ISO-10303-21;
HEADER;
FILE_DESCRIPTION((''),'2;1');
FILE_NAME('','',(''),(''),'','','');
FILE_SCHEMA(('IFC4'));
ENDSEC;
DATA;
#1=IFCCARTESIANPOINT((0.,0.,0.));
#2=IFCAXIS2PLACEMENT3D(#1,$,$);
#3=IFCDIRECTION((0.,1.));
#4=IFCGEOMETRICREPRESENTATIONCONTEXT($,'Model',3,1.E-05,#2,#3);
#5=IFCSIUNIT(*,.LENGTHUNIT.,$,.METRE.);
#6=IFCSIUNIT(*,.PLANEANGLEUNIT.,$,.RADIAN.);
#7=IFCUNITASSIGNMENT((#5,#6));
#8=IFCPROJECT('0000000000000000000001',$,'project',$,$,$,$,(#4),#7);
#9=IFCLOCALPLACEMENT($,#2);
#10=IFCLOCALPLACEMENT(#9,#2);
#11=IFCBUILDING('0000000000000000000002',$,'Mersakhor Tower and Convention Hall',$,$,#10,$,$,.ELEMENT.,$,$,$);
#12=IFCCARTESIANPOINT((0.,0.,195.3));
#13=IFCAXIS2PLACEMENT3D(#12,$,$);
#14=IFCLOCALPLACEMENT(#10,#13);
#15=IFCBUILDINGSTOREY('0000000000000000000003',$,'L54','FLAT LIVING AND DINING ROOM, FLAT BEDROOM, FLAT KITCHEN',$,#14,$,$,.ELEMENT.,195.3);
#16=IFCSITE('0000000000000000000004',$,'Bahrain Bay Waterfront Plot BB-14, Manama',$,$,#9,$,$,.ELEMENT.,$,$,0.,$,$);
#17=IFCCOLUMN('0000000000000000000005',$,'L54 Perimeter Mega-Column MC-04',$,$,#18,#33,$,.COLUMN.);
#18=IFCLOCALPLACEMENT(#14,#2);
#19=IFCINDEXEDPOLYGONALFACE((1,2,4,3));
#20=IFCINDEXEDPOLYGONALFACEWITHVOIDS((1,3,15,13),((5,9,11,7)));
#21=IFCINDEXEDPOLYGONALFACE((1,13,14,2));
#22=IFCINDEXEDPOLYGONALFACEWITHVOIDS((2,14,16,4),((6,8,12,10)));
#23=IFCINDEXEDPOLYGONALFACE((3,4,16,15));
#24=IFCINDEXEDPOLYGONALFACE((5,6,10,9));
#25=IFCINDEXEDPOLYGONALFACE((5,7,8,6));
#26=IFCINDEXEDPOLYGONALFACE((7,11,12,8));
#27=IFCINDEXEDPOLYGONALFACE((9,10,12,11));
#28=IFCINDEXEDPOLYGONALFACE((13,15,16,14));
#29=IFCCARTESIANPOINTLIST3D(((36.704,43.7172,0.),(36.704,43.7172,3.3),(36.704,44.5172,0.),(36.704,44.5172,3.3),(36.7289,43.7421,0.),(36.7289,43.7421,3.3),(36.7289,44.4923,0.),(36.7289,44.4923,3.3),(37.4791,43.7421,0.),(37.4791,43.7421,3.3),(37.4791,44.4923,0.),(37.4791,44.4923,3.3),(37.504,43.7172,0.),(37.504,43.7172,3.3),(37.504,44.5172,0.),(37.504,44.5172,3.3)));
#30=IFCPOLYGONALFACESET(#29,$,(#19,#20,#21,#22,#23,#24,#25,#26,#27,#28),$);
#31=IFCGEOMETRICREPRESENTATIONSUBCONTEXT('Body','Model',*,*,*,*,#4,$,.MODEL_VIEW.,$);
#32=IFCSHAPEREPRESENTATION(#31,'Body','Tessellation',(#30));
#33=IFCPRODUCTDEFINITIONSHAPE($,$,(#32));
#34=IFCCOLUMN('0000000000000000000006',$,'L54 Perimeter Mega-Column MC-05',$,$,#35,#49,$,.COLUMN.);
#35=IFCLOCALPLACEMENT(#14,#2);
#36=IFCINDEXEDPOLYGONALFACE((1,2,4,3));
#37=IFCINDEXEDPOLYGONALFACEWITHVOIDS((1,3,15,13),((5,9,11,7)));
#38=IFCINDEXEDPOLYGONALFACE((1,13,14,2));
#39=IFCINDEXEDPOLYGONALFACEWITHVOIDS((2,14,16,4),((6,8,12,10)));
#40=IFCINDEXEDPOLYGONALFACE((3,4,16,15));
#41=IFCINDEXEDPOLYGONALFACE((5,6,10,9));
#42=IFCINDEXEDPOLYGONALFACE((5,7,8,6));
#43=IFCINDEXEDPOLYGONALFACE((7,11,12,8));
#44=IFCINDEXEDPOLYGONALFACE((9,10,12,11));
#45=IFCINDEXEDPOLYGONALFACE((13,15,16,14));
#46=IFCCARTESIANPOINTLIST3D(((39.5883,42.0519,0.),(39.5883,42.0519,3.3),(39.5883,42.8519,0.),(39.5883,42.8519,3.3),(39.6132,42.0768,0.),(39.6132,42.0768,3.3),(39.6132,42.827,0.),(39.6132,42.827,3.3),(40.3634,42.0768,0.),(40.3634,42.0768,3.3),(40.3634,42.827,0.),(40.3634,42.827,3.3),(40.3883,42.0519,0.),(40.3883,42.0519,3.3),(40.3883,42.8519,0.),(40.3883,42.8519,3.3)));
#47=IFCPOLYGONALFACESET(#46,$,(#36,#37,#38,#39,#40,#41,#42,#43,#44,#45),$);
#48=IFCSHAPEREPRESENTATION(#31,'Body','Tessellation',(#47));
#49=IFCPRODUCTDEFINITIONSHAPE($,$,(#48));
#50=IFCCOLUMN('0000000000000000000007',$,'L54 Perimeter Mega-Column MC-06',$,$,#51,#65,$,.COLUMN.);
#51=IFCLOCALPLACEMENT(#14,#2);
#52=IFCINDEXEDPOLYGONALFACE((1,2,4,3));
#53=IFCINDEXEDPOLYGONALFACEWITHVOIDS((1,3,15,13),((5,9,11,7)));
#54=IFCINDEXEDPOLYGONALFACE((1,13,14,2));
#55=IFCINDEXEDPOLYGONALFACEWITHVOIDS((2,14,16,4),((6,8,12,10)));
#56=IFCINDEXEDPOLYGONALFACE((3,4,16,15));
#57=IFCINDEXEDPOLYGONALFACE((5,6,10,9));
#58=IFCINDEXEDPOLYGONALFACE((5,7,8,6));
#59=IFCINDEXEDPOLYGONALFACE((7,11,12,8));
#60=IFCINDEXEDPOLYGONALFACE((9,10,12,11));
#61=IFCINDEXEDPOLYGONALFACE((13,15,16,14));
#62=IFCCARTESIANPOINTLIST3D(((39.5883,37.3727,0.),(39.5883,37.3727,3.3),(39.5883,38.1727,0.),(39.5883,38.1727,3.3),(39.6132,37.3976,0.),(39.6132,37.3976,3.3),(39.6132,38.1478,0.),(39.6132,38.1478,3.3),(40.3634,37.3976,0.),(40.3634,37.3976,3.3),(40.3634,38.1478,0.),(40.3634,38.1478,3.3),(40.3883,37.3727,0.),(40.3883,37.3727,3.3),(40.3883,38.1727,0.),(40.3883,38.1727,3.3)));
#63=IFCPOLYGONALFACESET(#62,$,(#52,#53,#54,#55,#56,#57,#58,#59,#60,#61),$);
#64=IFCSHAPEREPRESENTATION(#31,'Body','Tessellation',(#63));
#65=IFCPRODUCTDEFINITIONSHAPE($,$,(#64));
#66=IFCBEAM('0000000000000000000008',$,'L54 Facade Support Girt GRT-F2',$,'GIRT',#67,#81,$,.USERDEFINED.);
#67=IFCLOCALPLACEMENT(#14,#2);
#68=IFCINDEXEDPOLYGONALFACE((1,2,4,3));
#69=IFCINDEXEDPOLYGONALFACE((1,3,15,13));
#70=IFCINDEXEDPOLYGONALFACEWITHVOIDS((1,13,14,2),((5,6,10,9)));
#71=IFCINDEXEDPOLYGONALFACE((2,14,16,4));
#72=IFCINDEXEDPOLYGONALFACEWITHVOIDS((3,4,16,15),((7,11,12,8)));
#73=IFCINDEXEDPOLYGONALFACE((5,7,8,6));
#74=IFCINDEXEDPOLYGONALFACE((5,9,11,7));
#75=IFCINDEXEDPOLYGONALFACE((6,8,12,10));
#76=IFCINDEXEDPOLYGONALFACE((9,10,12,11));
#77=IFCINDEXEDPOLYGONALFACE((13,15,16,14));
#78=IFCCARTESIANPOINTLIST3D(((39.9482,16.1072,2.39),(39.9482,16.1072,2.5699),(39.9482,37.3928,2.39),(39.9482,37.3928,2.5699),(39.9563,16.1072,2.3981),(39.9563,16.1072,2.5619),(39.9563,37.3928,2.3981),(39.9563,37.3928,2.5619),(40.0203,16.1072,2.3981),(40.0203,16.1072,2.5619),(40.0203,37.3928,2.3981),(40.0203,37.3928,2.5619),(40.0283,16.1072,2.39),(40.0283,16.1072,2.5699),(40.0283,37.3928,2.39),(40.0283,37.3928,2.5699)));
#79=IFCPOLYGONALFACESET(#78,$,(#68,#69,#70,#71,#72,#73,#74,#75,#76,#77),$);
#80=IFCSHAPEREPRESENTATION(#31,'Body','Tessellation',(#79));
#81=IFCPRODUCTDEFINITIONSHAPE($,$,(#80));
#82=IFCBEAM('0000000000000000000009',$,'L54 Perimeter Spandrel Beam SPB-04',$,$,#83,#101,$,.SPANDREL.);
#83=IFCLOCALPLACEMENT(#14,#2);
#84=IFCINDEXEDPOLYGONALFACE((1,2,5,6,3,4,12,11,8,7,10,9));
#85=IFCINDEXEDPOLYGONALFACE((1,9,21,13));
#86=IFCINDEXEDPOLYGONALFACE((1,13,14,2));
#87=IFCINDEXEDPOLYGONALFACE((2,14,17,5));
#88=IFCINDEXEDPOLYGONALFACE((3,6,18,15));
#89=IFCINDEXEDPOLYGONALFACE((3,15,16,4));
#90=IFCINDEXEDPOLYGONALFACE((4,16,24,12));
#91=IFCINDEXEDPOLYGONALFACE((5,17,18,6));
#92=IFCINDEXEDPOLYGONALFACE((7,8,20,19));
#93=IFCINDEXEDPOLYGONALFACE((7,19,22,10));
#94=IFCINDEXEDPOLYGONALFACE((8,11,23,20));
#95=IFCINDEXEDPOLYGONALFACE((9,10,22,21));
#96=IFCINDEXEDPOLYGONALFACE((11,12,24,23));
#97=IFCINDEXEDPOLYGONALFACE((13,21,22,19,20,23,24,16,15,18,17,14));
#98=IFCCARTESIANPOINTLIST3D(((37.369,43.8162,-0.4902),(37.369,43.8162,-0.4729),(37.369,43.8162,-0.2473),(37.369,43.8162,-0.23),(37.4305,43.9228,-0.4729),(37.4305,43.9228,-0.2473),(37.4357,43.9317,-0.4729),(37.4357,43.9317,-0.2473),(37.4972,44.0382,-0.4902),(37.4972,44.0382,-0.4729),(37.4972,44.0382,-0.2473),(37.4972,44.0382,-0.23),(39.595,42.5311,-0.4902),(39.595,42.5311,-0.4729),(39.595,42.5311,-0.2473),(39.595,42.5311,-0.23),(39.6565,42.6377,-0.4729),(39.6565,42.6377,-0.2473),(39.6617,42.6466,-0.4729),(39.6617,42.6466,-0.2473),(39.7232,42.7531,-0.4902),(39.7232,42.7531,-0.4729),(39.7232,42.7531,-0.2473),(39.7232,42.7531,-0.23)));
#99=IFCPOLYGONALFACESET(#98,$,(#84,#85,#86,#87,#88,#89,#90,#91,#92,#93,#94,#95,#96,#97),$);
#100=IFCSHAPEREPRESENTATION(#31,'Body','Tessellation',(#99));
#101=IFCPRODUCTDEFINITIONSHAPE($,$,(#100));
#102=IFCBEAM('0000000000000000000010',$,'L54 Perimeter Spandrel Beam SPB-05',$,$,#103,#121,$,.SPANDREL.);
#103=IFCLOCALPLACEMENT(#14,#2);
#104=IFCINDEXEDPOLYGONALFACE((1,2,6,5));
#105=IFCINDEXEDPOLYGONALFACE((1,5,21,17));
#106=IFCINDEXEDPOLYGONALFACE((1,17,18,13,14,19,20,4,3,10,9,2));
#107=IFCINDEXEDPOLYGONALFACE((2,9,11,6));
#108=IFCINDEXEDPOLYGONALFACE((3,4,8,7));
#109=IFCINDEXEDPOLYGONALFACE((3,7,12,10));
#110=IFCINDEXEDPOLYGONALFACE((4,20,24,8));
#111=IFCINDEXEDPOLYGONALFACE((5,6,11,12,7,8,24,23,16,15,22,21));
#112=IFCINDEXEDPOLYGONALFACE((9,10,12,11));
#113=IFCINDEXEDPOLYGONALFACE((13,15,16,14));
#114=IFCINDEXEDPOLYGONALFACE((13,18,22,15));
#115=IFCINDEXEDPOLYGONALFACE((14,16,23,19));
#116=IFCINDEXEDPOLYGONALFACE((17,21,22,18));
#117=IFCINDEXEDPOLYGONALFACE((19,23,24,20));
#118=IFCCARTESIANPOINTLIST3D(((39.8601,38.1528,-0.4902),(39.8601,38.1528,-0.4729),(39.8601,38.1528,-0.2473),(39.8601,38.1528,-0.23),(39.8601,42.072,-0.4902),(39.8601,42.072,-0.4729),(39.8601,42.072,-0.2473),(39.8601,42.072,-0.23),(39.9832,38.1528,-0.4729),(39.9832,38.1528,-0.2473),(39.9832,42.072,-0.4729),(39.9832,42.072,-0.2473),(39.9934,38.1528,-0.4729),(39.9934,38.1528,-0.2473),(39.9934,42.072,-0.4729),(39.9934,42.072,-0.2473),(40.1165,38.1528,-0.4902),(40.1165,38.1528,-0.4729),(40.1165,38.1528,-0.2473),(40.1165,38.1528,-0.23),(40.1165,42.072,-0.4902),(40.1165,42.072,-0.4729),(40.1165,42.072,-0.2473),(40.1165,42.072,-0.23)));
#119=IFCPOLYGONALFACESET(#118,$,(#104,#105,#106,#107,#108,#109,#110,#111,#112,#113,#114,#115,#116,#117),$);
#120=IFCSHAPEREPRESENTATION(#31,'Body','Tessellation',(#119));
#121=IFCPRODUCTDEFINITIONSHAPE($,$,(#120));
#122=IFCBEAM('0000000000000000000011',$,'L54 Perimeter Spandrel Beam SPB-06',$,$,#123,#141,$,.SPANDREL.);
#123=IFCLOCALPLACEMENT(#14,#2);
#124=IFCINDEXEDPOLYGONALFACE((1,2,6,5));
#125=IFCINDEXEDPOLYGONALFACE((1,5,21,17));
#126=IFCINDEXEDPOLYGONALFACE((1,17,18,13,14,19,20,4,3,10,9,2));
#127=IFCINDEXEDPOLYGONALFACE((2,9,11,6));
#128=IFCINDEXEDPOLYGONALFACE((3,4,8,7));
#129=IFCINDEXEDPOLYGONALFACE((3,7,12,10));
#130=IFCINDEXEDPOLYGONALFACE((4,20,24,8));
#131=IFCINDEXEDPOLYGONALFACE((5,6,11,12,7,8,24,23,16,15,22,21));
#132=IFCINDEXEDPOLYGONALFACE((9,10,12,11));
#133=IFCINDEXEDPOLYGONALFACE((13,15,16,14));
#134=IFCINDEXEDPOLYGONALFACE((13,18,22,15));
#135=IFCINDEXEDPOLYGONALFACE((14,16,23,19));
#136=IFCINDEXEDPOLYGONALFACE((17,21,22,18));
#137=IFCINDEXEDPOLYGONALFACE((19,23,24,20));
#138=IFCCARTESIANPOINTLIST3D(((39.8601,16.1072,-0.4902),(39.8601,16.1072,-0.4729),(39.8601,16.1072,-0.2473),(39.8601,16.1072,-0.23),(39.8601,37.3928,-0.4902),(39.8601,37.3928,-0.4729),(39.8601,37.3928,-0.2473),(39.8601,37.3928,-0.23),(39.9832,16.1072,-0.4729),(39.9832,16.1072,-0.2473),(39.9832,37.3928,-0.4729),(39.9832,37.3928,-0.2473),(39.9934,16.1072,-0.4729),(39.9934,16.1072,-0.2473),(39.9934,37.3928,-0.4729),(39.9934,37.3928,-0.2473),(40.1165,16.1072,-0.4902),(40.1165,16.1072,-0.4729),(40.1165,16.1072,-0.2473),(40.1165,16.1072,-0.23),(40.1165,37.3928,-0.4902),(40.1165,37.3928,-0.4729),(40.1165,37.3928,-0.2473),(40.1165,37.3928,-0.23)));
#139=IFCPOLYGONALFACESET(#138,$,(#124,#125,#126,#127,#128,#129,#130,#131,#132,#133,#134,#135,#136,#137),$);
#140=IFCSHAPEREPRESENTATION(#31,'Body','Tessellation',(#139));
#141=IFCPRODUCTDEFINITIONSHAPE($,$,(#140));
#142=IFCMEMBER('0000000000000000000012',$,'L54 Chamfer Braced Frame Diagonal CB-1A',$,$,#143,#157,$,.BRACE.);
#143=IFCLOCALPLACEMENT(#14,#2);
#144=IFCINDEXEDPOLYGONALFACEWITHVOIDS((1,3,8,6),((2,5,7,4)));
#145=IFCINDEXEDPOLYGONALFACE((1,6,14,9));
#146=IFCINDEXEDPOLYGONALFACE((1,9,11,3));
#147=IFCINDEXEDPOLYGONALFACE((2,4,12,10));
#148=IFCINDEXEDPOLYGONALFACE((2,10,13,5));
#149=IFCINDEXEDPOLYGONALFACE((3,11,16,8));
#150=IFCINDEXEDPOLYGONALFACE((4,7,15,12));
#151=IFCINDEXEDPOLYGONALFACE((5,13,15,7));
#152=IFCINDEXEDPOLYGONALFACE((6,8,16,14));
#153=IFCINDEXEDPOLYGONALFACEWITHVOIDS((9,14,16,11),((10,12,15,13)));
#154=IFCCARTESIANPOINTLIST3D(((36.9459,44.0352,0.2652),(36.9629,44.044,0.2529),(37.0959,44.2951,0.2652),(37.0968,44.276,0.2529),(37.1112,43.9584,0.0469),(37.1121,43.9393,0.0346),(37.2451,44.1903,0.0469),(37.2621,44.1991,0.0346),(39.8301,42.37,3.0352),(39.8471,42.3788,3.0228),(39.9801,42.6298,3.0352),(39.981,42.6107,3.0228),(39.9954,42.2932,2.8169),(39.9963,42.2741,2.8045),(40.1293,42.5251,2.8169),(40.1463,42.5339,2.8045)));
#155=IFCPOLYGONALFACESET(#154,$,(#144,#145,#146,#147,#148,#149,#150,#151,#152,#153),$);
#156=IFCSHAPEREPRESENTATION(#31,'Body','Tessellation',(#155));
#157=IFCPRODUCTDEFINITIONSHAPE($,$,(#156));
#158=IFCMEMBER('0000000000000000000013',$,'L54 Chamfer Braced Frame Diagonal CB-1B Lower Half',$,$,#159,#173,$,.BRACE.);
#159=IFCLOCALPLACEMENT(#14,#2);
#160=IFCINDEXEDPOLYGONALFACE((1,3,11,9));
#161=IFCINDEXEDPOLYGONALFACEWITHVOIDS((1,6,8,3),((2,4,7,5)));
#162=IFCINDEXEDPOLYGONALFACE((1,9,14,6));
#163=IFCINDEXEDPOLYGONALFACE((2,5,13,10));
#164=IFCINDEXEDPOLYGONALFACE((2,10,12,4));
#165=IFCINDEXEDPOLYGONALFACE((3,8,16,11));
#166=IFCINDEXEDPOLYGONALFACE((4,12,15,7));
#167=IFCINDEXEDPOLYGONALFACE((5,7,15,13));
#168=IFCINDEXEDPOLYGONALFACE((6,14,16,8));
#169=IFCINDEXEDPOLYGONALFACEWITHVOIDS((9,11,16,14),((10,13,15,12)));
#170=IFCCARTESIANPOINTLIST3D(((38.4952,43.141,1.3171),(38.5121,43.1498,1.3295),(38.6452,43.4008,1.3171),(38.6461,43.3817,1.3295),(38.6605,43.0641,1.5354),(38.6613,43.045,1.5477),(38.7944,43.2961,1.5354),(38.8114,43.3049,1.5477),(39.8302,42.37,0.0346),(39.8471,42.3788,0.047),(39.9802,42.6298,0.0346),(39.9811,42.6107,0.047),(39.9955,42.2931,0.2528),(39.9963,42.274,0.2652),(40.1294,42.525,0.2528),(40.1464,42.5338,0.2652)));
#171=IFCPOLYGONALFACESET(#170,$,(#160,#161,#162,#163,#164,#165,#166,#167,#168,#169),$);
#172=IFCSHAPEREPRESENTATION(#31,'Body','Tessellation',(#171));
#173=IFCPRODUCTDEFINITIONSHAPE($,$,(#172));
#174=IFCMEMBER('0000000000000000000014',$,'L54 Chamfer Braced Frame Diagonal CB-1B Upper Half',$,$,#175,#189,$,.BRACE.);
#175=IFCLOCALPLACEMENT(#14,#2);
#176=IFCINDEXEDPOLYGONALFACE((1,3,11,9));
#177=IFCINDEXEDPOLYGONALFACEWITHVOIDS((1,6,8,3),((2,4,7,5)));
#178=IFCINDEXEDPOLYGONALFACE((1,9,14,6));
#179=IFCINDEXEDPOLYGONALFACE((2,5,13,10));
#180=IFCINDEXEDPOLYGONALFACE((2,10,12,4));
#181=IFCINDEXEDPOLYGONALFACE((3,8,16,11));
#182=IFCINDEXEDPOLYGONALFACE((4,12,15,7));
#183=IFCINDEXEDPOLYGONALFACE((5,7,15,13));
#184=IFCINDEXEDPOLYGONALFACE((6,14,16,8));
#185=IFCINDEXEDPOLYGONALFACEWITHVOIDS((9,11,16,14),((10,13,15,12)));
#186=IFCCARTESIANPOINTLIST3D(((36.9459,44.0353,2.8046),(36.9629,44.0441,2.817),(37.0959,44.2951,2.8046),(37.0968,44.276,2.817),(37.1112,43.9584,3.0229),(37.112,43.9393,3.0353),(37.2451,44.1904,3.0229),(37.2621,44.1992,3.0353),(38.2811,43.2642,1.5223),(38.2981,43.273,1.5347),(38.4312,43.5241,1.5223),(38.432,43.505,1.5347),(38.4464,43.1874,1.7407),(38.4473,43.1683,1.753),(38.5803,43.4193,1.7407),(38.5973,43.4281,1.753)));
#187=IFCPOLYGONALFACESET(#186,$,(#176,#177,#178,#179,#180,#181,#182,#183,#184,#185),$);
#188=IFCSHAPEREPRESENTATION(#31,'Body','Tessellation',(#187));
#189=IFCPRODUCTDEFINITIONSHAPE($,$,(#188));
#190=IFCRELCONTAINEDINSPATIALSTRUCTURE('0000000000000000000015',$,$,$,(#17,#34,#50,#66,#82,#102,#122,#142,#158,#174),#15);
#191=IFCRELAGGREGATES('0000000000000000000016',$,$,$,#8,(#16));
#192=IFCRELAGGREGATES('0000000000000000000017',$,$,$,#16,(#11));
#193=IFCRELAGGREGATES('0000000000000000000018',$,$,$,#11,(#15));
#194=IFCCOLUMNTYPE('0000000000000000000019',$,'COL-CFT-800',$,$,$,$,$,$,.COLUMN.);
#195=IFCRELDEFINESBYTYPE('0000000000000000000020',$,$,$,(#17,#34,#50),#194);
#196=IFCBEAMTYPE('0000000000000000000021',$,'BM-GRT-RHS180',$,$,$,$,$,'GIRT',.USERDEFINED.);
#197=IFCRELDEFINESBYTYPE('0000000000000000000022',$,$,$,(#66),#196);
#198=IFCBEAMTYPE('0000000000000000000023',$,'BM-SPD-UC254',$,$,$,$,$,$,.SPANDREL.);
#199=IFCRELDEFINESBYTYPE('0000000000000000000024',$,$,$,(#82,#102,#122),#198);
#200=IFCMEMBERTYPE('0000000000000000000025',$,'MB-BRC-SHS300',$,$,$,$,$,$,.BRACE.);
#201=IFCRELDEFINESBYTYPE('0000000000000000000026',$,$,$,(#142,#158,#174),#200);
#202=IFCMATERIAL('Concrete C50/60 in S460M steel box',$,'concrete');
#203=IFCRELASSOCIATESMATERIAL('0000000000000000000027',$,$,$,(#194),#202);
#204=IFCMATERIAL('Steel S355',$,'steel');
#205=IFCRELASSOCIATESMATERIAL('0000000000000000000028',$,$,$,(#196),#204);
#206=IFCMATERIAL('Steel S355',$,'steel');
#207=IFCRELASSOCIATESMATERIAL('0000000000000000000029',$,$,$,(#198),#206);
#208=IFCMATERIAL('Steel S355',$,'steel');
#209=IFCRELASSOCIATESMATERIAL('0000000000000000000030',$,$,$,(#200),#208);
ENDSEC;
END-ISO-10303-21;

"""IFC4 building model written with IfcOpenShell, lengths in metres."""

from ifc_helpers import new_model, si_unit, direction, frame, origin, origin_2d, place, context, subcontext, project, spatial, hollow_rectangle, i_section, extrude, material, material_profile, profile_set, type_object, element, save


model = new_model("IFC4")

# Units and contexts
model_context = context("Model", 3, precision=1e-05, world=origin(), true_north=direction((0.0, 1.0)))
body_context = subcontext(model_context, "Body", "Model", "MODEL_VIEW")
ifc_project = project(units=[si_unit("LENGTHUNIT", "METRE"), si_unit("PLANEANGLEUNIT", "RADIAN")], contexts=[model_context])

# Site, building, storey
site_placement = place(None, origin())
site = spatial("IfcSite", under=ifc_project, at=site_placement, Name="Bahrain Bay Waterfront Plot BB-14, Manama", CompositionType="ELEMENT", RefElevation=0.0)
building_placement = place(site_placement, origin())
building = spatial("IfcBuilding", under=site, at=building_placement, Name="Mersakhor Tower and Convention Hall", CompositionType="ELEMENT")
storey_placement = place(building_placement, frame((0.0, 0.0, 195.3)))
storey = spatial("IfcBuildingStorey", under=building, at=storey_placement, Name="L54", Description="FLAT LIVING AND DINING ROOM, FLAT BEDROOM, FLAT KITCHEN", CompositionType="ELEMENT", Elevation=195.3)

# Columns
ifc_material_1 = material(Name="Concrete C50/60 in S460M steel box", Category="concrete")
ifc_material_profile_1 = material_profile(ifc_material_1, hollow_rectangle(XDim=0.8, YDim=0.8, WallThickness=0.0249, at=origin_2d()), Name="SHS 800x800x25")
ifc_profile_set_1 = profile_set([ifc_material_profile_1], Name="Concrete C50/60 in S460M steel box")
column_type = type_object("IfcColumnType", Name="COL-CFT-800", PredefinedType="COLUMN", material=ifc_profile_set_1)
for number, where, z_axis, x_axis, name in (
    (1, (37.104, 44.1172, 0.0), (0.0, 0.0, 1.0), (1.0, 0.0, 0.0), "L54 Perimeter Mega-Column MC-04"),
    (2, (39.9883, 42.4519, 0.0), (0.0, 0.0, 1.0), (1.0, 0.0, 0.0), "L54 Perimeter Mega-Column MC-05"),
    (3, (39.9883, 37.7727, 0.0), (0.0, 0.0, 1.0), (1.0, 0.0, 0.0), "L54 Perimeter Mega-Column MC-06"),
):
    element("IfcColumn", number, at=place(storey_placement, frame(where, z_axis=z_axis, x_axis=x_axis)), inside=storey, type_object=column_type, Name=name, PredefinedType="COLUMN", context=body_context, shape_type="SweptSolid", body=[
        extrude(hollow_rectangle(XDim=0.8, YDim=0.8, WallThickness=0.0249, at=origin_2d()), origin(), (0.0, 0.0, 1.0), 3.3),
    ])

# Beams
ifc_material_2 = material(Name="Steel S355", Category="steel")
ifc_material_profile_2 = material_profile(ifc_material_2, hollow_rectangle(XDim=0.0801, YDim=0.1799, WallThickness=0.0081, at=origin_2d()), Name="RHS 180x80x8")
ifc_profile_set_2 = profile_set([ifc_material_profile_2], Name="Steel S355")
beam_type_1 = type_object("IfcBeamType", Name="BM-GRT-RHS180", ElementType="GIRT", PredefinedType="USERDEFINED", material=ifc_profile_set_2)
beam_1_placement = place(storey_placement, frame((39.9883, 37.3928, 2.48), z_axis=(0.0, -1.0, 0.0), x_axis=(1.0, 0.0, 0.0)))
element("IfcBeam", 4, at=beam_1_placement, inside=storey, type_object=beam_type_1, Name="L54 Facade Support Girt GRT-F2", ObjectType="GIRT", PredefinedType="USERDEFINED", context=body_context, shape_type="SweptSolid", body=[
    extrude(hollow_rectangle(XDim=0.0801, YDim=0.1799, WallThickness=0.0081, at=origin_2d()), origin(), (0.0, 0.0, 1.0), 21.2856),
])
ifc_material_3 = material(Name="Steel S355", Category="steel")
ifc_material_profile_3 = material_profile(ifc_material_3, i_section(OverallWidth=0.2563, OverallDepth=0.2603, WebThickness=0.0103, FlangeThickness=0.0173, at=origin_2d()), Name="UC 254x254x89")
ifc_profile_set_3 = profile_set([ifc_material_profile_3], Name="Steel S355")
beam_type_2 = type_object("IfcBeamType", Name="BM-SPD-UC254", PredefinedType="SPANDREL", material=ifc_profile_set_3)
beam_2_placement = place(storey_placement, frame((37.4331, 43.9272, -0.3601), z_axis=(0.866037, -0.49998, 0.0), x_axis=(0.49998, 0.866037, 0.0)))
element("IfcBeam", 5, at=beam_2_placement, inside=storey, type_object=beam_type_2, Name="L54 Perimeter Spandrel Beam SPB-04", PredefinedType="SPANDREL", context=body_context, shape_type="SweptSolid", body=[
    extrude(i_section(OverallWidth=0.2563, OverallDepth=0.2603, WebThickness=0.0103, FlangeThickness=0.0173, at=origin_2d()), origin(), (0.0, 0.0, 1.0), 2.5703),
])
beam_3_placement = place(storey_placement, frame((39.9883, 42.072, -0.3601), z_axis=(0.0, -1.0, 0.0), x_axis=(1.0, 0.0, 0.0)))
element("IfcBeam", 6, at=beam_3_placement, inside=storey, type_object=beam_type_2, Name="L54 Perimeter Spandrel Beam SPB-05", PredefinedType="SPANDREL", context=body_context, shape_type="SweptSolid", body=[
    extrude(i_section(OverallWidth=0.2563, OverallDepth=0.2603, WebThickness=0.0103, FlangeThickness=0.0173, at=origin_2d()), origin(), (0.0, 0.0, 1.0), 3.9192),
])
beam_4_placement = place(storey_placement, frame((39.9883, 37.3928, -0.3601), z_axis=(0.0, -1.0, 0.0), x_axis=(1.0, 0.0, 0.0)))
element("IfcBeam", 7, at=beam_4_placement, inside=storey, type_object=beam_type_2, Name="L54 Perimeter Spandrel Beam SPB-06", PredefinedType="SPANDREL", context=body_context, shape_type="SweptSolid", body=[
    extrude(i_section(OverallWidth=0.2563, OverallDepth=0.2603, WebThickness=0.0103, FlangeThickness=0.0173, at=origin_2d()), origin(), (0.0, 0.0, 1.0), 21.2856),
])

# Members
ifc_material_4 = material(Name="Steel S355", Category="steel")
ifc_material_profile_4 = material_profile(ifc_material_4, hollow_rectangle(XDim=0.3, YDim=0.3, WallThickness=0.0161, at=origin_2d()), Name="SHS 300x300x16")
ifc_profile_set_4 = profile_set([ifc_material_profile_4], Name="Steel S355")
member_type = type_object("IfcMemberType", Name="MB-BRC-SHS300", PredefinedType="BRACE", material=ifc_profile_set_4)
member_placement = place(storey_placement, frame((37.104, 44.1172, 0.1499), z_axis=(0.665825, -0.384425, 0.639449), x_axis=(0.50001, 0.86602, 0.0)))
element("IfcMember", 8, at=member_placement, inside=storey, type_object=member_type, Name="L54 Chamfer Braced Frame Diagonal CB-1A", PredefinedType="BRACE", context=body_context, shape_type="SweptSolid", body=[
    extrude(hollow_rectangle(XDim=0.3, YDim=0.3, WallThickness=0.0161, at=origin_2d()), origin(), (0.0, 0.0, 1.0), 4.3318),
])
for number, where, z_axis, x_axis, name in (
    (9, (39.9883, 42.4519, 0.1499), (-0.665711, 0.384476, 0.639536), (-0.500125, -0.865953, 0.0), "L54 Chamfer Braced Frame Diagonal CB-1B Lower Half"),
    (10, (38.4392, 43.3462, 1.6377), (-0.665831, 0.384475, 0.639412), (-0.500056, -0.865993, 0.0), "L54 Chamfer Braced Frame Diagonal CB-1B Upper Half"),
):
    element("IfcMember", number, at=place(storey_placement, frame(where, z_axis=z_axis, x_axis=x_axis)), inside=storey, type_object=member_type, Name=name, PredefinedType="BRACE", context=body_context, shape_type="SweptSolid", body=[
        extrude(hollow_rectangle(XDim=0.3, YDim=0.3, WallThickness=0.0161, at=origin_2d()), origin(), (0.0, 0.0, 1.0), 2.0054),
    ])

save(model, "model.ifc")
